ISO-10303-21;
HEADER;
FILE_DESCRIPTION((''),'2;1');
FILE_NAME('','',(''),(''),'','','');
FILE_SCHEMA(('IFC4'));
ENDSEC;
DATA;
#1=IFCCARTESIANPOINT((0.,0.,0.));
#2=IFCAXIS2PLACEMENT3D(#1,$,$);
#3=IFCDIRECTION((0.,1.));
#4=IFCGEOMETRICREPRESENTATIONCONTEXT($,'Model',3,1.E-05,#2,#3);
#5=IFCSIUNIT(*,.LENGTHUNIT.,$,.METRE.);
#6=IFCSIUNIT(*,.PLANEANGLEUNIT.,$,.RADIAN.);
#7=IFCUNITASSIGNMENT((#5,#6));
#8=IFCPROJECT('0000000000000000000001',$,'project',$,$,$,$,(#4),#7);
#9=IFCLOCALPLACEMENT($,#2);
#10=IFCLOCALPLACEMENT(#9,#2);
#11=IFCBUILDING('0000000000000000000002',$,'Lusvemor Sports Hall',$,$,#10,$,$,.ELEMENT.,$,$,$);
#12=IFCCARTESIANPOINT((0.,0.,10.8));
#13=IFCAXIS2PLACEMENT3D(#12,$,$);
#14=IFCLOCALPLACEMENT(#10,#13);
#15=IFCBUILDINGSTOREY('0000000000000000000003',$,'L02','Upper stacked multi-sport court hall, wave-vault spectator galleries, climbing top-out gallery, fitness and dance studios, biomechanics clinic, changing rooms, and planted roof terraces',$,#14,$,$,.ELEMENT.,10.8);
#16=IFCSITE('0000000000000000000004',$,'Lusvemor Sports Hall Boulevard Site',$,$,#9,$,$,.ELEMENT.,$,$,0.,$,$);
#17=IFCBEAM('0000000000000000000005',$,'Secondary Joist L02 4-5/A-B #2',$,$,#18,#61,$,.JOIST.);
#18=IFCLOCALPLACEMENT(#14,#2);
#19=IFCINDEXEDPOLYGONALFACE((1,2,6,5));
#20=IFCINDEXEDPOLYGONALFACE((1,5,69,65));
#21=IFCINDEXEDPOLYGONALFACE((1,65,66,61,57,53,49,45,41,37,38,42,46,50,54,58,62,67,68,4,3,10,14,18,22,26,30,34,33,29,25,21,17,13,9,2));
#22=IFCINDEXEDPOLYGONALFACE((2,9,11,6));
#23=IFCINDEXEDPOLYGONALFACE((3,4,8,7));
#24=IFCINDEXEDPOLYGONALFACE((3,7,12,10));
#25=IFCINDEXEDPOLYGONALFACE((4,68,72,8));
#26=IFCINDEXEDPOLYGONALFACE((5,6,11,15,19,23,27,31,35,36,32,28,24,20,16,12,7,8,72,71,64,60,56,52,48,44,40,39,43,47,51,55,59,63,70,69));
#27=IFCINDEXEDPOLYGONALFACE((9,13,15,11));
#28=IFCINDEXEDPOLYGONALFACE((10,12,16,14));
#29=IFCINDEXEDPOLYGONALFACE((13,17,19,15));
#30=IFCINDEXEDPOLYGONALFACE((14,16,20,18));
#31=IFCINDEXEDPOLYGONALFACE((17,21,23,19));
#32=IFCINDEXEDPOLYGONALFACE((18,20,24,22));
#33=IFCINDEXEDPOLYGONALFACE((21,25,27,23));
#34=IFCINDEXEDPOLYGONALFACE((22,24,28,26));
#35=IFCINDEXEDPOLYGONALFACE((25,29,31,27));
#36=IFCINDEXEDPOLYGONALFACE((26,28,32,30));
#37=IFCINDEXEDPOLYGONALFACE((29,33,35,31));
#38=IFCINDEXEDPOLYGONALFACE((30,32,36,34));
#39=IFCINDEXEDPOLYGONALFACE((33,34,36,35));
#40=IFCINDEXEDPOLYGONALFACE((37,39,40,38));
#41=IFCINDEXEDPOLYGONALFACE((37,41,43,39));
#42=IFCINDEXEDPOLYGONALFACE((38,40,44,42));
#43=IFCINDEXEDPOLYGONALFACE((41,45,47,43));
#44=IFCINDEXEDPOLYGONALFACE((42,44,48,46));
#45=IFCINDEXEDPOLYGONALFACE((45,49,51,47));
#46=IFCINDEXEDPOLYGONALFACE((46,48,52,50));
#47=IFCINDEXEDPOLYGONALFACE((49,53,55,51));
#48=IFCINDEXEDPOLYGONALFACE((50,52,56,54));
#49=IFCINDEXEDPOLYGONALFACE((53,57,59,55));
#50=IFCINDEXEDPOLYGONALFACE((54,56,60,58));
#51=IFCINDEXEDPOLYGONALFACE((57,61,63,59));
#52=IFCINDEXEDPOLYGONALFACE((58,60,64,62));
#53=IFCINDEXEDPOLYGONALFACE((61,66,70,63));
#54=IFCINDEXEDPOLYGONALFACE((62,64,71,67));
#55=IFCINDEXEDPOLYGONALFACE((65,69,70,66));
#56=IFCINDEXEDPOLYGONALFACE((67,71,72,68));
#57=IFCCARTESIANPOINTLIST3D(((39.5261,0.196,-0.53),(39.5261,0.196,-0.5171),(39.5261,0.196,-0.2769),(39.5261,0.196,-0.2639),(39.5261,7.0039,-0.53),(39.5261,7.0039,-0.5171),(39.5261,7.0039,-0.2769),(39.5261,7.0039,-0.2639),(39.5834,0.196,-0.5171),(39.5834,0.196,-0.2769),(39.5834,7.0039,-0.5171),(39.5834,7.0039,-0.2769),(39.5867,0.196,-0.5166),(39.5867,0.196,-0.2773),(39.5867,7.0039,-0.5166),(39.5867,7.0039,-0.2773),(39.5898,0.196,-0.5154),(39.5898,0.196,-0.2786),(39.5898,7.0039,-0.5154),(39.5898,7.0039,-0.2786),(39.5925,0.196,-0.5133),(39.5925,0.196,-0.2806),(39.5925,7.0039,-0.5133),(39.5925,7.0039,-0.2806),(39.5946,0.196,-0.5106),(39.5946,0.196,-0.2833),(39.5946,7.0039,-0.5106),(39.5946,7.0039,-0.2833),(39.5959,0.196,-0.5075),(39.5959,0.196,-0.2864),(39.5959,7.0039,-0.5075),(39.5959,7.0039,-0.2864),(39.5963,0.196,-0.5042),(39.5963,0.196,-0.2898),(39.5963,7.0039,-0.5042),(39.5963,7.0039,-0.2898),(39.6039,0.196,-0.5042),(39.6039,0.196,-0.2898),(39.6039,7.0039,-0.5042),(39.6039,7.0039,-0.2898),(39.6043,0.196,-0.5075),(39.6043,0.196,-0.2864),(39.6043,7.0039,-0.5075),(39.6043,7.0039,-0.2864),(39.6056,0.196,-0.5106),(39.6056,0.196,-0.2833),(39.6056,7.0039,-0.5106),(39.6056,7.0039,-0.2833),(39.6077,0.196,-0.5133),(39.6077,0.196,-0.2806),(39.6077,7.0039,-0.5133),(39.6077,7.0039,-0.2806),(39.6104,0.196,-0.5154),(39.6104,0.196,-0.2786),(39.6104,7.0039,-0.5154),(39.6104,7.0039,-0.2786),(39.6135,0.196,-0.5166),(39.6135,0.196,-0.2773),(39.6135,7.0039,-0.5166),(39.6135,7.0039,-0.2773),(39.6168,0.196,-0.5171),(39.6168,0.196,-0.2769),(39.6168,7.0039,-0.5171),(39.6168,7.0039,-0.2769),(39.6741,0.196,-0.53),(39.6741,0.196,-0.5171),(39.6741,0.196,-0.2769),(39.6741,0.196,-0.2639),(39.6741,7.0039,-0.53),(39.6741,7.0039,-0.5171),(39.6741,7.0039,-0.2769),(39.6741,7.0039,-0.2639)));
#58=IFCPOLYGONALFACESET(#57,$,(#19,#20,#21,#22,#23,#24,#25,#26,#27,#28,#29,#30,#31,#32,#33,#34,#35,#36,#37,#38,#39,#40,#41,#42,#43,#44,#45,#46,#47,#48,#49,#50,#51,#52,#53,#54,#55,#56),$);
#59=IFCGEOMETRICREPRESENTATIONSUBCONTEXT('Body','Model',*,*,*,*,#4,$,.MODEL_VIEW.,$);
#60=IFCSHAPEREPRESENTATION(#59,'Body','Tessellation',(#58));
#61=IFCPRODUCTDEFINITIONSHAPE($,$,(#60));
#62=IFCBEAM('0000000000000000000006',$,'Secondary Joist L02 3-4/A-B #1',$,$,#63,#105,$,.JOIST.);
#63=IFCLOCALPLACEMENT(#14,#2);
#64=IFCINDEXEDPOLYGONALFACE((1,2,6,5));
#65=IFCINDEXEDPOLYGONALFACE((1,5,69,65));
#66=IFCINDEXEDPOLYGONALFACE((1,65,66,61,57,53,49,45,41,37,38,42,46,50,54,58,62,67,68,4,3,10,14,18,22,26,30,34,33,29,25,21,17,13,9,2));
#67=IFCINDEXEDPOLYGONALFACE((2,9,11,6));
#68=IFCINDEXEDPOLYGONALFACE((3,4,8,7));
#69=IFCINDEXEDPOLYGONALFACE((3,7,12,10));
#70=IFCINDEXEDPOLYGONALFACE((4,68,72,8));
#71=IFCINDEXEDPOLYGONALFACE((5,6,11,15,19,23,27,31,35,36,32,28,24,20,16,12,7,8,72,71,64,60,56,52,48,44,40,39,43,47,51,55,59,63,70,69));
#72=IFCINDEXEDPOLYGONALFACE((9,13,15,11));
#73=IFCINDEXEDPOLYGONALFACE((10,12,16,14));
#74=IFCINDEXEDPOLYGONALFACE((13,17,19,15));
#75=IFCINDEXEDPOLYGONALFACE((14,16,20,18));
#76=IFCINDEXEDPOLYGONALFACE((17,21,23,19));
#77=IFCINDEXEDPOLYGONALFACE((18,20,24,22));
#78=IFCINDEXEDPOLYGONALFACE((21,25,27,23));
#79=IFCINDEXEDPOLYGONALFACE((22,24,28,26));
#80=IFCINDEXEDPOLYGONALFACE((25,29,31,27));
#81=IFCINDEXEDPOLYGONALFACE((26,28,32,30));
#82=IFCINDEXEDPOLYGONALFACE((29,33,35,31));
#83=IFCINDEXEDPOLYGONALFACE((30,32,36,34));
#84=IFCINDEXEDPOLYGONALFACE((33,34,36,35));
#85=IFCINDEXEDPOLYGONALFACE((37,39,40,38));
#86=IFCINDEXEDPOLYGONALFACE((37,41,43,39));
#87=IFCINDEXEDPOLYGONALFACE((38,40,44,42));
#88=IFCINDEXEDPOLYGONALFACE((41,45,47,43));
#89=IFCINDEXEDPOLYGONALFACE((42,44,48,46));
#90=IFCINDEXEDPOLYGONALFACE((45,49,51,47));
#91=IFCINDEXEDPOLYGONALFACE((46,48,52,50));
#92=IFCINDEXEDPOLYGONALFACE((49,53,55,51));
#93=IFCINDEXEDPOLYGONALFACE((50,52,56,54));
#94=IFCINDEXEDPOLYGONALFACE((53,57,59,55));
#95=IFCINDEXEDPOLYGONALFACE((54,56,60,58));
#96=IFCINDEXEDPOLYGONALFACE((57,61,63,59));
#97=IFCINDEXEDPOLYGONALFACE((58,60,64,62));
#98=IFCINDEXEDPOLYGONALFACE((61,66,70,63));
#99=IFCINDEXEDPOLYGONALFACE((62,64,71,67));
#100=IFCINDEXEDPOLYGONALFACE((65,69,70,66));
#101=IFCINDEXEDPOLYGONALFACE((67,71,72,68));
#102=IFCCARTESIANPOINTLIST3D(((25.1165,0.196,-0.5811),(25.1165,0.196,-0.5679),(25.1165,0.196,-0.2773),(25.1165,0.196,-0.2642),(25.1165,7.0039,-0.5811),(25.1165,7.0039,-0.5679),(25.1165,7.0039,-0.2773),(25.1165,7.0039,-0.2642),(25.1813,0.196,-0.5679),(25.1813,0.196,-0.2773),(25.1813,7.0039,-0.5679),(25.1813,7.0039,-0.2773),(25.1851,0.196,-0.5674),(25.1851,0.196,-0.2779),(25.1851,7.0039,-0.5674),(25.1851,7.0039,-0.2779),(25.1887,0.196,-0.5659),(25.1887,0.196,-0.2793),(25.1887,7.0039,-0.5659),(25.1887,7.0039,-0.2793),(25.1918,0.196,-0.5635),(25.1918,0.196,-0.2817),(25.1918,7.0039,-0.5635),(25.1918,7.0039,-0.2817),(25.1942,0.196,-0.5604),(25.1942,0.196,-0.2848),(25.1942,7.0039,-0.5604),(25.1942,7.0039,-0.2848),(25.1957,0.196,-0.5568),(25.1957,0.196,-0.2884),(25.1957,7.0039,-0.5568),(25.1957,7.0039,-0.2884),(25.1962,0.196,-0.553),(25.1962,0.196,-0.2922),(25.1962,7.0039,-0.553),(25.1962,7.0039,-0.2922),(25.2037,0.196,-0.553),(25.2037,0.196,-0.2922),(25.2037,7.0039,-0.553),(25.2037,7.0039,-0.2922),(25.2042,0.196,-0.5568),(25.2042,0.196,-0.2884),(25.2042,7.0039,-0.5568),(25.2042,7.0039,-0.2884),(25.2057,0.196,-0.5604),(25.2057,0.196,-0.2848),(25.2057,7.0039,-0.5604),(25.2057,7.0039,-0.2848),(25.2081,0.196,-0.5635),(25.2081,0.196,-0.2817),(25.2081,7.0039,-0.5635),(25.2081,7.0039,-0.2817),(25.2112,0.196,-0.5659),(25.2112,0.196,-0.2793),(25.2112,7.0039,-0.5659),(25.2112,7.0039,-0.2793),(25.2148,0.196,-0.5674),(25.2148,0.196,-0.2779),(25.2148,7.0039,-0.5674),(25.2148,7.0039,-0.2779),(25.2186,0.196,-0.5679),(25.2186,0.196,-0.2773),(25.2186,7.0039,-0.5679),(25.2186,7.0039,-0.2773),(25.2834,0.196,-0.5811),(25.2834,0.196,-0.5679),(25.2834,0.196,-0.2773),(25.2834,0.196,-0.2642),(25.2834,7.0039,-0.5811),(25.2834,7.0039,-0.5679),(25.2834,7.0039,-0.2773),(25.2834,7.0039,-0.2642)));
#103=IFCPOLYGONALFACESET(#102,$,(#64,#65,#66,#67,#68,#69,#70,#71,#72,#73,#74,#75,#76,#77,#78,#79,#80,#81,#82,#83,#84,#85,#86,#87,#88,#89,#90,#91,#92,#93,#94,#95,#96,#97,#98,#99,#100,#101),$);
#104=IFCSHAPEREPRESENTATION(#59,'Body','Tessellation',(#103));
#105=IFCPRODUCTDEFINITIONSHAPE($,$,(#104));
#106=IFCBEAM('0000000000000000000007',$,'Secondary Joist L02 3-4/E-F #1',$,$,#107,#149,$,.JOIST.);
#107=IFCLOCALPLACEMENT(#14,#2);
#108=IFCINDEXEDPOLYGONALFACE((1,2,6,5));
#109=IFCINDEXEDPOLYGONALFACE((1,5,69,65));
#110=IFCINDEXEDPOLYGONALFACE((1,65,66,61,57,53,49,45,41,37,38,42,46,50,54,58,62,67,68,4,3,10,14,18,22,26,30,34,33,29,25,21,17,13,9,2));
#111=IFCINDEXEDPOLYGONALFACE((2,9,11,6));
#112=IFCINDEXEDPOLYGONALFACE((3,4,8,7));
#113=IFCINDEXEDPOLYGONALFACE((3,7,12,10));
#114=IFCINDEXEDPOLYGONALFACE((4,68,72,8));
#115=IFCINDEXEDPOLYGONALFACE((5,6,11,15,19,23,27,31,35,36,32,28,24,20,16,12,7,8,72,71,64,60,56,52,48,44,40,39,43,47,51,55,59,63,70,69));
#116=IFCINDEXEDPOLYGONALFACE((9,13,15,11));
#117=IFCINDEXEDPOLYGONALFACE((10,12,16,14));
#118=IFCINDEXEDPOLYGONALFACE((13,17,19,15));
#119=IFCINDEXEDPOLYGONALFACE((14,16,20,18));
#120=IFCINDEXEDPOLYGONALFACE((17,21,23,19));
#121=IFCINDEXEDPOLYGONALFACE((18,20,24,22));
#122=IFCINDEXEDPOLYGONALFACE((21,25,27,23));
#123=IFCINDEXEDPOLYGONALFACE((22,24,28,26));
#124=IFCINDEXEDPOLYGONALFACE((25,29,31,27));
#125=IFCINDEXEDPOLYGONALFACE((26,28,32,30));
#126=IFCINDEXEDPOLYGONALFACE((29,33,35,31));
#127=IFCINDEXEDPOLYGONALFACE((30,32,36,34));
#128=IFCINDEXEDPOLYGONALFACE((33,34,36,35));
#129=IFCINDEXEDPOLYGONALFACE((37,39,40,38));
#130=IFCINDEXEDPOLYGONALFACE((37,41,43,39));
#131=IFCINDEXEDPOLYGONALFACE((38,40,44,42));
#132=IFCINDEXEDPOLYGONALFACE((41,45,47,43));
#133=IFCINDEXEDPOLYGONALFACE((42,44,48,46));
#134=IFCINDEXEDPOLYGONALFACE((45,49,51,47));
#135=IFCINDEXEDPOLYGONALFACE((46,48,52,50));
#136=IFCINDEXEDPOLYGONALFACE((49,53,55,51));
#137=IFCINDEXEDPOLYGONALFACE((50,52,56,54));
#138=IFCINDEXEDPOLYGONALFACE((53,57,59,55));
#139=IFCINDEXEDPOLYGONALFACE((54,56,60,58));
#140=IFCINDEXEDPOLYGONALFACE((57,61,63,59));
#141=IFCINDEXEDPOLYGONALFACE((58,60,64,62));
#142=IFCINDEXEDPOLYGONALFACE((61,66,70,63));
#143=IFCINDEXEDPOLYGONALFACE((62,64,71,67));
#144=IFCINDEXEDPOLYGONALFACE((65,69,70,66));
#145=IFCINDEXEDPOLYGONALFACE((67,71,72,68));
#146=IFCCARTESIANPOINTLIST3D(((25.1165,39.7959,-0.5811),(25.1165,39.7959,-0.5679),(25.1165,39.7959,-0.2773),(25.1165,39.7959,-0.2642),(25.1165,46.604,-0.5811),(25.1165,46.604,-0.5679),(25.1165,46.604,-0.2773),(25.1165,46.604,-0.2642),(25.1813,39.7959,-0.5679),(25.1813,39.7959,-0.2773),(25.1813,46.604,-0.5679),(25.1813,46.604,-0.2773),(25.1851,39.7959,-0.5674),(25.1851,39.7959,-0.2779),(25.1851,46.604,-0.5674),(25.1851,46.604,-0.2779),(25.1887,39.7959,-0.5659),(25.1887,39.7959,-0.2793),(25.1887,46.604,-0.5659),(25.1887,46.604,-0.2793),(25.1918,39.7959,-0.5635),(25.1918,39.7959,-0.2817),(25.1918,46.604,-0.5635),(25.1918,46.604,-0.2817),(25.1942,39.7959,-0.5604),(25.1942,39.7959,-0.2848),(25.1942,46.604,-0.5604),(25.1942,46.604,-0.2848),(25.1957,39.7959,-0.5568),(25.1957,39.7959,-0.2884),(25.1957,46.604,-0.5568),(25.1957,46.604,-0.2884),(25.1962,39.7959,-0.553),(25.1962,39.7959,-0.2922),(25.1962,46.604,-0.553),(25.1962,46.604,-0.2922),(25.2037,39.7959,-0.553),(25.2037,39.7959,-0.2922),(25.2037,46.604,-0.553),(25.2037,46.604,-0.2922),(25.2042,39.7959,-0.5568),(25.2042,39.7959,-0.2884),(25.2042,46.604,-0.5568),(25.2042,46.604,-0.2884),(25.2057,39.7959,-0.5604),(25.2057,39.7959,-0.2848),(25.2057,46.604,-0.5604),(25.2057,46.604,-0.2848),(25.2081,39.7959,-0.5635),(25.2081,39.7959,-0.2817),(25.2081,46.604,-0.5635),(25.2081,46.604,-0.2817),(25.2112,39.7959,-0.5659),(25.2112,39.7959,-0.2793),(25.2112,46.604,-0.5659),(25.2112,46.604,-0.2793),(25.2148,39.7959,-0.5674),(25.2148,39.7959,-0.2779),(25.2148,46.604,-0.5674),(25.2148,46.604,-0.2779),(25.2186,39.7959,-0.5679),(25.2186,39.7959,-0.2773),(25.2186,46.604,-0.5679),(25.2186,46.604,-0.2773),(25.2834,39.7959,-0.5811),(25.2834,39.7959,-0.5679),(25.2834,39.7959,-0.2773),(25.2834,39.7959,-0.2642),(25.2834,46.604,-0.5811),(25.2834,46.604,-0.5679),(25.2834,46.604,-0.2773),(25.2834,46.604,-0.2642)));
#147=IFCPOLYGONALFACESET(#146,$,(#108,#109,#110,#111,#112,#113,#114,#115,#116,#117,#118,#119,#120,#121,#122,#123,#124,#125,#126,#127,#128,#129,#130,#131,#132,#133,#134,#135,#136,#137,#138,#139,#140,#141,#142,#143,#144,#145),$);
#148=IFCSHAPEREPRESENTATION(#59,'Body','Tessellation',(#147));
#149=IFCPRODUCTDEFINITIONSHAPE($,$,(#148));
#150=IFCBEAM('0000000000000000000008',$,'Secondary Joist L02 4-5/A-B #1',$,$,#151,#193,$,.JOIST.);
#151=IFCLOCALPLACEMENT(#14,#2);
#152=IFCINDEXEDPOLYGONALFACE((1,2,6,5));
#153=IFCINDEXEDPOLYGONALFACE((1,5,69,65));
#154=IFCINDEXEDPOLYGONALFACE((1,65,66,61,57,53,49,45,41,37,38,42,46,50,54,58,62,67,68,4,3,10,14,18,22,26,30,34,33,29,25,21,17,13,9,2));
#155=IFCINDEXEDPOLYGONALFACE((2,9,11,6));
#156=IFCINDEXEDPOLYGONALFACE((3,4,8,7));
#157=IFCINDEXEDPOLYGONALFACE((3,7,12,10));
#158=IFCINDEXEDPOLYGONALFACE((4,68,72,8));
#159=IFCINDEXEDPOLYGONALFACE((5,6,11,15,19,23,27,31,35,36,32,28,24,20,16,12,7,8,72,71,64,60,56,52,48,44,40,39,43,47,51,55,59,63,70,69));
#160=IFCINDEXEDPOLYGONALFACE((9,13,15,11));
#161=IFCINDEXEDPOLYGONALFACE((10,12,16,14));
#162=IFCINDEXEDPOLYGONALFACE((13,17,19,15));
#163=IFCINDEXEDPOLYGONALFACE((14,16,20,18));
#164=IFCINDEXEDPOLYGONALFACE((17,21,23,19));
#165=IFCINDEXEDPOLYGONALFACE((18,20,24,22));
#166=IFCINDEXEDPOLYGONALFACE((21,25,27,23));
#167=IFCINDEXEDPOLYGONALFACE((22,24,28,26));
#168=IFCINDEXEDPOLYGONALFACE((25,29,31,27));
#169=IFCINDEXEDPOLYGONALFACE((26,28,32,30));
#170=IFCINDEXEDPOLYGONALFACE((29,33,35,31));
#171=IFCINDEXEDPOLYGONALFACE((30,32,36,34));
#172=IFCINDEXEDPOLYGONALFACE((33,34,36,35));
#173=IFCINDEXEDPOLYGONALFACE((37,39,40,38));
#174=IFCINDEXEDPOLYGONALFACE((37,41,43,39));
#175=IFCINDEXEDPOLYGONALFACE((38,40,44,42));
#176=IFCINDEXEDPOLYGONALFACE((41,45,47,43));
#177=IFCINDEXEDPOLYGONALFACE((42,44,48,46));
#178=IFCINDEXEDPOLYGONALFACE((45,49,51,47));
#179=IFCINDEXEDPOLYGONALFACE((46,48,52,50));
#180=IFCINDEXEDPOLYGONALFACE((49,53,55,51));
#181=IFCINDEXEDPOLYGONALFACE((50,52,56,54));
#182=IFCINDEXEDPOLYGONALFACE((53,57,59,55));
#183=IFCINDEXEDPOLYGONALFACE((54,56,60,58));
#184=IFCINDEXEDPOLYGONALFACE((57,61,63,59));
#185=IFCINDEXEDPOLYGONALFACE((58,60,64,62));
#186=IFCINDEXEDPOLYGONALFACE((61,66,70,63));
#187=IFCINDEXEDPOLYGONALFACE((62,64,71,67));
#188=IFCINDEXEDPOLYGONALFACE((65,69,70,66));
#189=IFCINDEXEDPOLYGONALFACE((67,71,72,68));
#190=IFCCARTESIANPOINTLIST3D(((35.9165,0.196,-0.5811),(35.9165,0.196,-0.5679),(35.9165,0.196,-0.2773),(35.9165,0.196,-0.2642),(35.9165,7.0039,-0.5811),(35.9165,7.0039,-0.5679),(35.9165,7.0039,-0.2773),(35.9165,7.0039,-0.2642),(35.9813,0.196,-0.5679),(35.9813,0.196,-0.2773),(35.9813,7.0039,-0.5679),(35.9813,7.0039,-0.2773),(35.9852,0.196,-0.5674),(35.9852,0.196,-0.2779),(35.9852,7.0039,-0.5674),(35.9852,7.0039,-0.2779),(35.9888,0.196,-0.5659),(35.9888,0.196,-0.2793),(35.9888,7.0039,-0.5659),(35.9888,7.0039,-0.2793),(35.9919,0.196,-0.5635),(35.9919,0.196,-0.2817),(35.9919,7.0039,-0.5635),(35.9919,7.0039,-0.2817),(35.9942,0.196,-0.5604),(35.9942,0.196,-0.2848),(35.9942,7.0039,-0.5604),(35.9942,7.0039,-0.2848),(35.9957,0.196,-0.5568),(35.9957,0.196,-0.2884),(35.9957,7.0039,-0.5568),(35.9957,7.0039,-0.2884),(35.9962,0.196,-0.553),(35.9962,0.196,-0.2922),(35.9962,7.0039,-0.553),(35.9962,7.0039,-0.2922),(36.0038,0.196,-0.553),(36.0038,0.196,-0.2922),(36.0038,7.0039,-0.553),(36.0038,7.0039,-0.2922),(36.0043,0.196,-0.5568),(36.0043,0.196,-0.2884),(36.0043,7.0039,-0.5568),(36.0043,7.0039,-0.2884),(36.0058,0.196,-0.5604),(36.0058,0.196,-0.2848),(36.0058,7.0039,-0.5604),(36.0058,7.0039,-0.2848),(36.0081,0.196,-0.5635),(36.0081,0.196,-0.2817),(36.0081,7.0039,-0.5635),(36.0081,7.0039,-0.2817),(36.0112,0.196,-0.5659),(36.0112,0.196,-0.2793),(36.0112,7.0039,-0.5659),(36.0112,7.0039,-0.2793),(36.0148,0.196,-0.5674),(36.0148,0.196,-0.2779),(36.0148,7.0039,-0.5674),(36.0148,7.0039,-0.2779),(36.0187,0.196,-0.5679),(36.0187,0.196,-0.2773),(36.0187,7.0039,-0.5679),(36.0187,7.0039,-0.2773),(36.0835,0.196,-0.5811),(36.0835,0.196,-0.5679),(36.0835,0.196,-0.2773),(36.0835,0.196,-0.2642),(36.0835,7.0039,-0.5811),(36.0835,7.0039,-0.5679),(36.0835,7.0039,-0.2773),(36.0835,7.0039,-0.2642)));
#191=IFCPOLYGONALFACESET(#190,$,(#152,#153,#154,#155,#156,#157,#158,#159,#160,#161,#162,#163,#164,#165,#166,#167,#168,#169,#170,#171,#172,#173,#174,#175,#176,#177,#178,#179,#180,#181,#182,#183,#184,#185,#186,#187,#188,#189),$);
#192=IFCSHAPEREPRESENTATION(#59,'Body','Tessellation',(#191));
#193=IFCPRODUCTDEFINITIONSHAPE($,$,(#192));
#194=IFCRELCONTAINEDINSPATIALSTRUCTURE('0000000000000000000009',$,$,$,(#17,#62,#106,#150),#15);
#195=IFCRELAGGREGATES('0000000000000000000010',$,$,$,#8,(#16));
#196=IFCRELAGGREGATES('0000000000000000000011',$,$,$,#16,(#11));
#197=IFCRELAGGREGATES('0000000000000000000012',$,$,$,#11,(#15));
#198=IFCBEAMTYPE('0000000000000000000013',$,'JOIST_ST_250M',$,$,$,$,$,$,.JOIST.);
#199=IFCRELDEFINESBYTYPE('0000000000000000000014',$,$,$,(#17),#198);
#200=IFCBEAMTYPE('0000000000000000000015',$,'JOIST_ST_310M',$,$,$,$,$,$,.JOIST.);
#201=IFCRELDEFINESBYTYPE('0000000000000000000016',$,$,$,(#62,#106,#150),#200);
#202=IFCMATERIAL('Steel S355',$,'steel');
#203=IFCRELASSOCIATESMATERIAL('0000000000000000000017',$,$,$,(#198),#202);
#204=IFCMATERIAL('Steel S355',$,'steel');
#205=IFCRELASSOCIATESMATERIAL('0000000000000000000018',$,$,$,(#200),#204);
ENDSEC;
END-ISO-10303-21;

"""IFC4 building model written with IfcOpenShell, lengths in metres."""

from ifc_helpers import new_model, si_unit, direction, frame, origin, origin_2d, place, context, subcontext, project, spatial, i_section, extrude, material, material_profile, profile_set, type_object, element, save


model = new_model("IFC4")

# Units and contexts
model_context = context("Model", 3, precision=1e-05, world=origin(), true_north=direction((0.0, 1.0)))
body_context = subcontext(model_context, "Body", "Model", "MODEL_VIEW")
ifc_project = project(units=[si_unit("LENGTHUNIT", "METRE"), si_unit("PLANEANGLEUNIT", "RADIAN")], contexts=[model_context])

# Site, building, storey
site_placement = place(None, origin())
site = spatial("IfcSite", under=ifc_project, at=site_placement, Name="Lusvemor Sports Hall Boulevard Site", CompositionType="ELEMENT", RefElevation=0.0)
building_placement = place(site_placement, origin())
building = spatial("IfcBuilding", under=site, at=building_placement, Name="Lusvemor Sports Hall", CompositionType="ELEMENT")
storey_placement = place(building_placement, frame((0.0, 0.0, 10.8)))
storey = spatial("IfcBuildingStorey", under=building, at=storey_placement, Name="L02", Description="Upper stacked multi-sport court hall, wave-vault spectator galleries, climbing top-out gallery, fitness and dance studios, biomechanics clinic, changing rooms, and planted roof terraces", CompositionType="ELEMENT", Elevation=10.8)

# Beams
ifc_material_1 = material(Name="Steel S355", Category="steel")
ifc_material_profile_1 = material_profile(ifc_material_1, i_section(OverallWidth=0.1479, OverallDepth=0.2661, WebThickness=0.0076, FlangeThickness=0.0129, FilletRadius=0.0129, at=origin_2d()), Name="W250x44.8")
ifc_profile_set_1 = profile_set([ifc_material_profile_1], Name="Steel S355")
beam_type_1 = type_object("IfcBeamType", Name="JOIST_ST_250M", PredefinedType="JOIST", material=ifc_profile_set_1)
beam_1_placement = place(storey_placement, frame((39.6001, 0.196, -0.397), z_axis=(0.0, 1.0, 0.0), x_axis=(-1.0, 0.0, 0.0)))
element("IfcBeam", 1, at=beam_1_placement, inside=storey, type_object=beam_type_1, Name="Secondary Joist L02 4-5/A-B #2", PredefinedType="JOIST", context=body_context, shape_type="SweptSolid", body=[
    extrude(i_section(OverallWidth=0.1479, OverallDepth=0.2661, WebThickness=0.0076, FlangeThickness=0.0129, FilletRadius=0.0129, at=origin_2d()), origin(), (0.0, 0.0, 1.0), 6.8079),
])
ifc_material_2 = material(Name="Steel S355", Category="steel")
ifc_material_profile_2 = material_profile(ifc_material_2, i_section(OverallWidth=0.167, OverallDepth=0.3169, WebThickness=0.0076, FlangeThickness=0.0132, FilletRadius=0.0149, at=origin_2d()), Name="W310x52.0")
ifc_profile_set_2 = profile_set([ifc_material_profile_2], Name="Steel S355")
beam_type_2 = type_object("IfcBeamType", Name="JOIST_ST_310M", PredefinedType="JOIST", material=ifc_profile_set_2)
beam_2_placement = place(storey_placement, frame((25.2, 0.196, -0.4226), z_axis=(0.0, 1.0, 0.0), x_axis=(-1.0, 0.0, 0.0)))
element("IfcBeam", 2, at=beam_2_placement, inside=storey, type_object=beam_type_2, Name="Secondary Joist L02 3-4/A-B #1", PredefinedType="JOIST", context=body_context, shape_type="SweptSolid", body=[
    extrude(i_section(OverallWidth=0.167, OverallDepth=0.3169, WebThickness=0.0076, FlangeThickness=0.0132, FilletRadius=0.0149, at=origin_2d()), origin(), (0.0, 0.0, 1.0), 6.8079),
])
beam_3_placement = place(storey_placement, frame((25.2, 39.7959, -0.4226), z_axis=(0.0, 1.0, 0.0), x_axis=(-1.0, 0.0, 0.0)))
element("IfcBeam", 3, at=beam_3_placement, inside=storey, type_object=beam_type_2, Name="Secondary Joist L02 3-4/E-F #1", PredefinedType="JOIST", context=body_context, shape_type="SweptSolid", body=[
    extrude(i_section(OverallWidth=0.167, OverallDepth=0.3169, WebThickness=0.0076, FlangeThickness=0.0132, FilletRadius=0.0149, at=origin_2d()), origin(), (0.0, 0.0, 1.0), 6.8081),
])
beam_4_placement = place(storey_placement, frame((36.0, 0.196, -0.4226), z_axis=(0.0, 1.0, 0.0), x_axis=(-1.0, 0.0, 0.0)))
element("IfcBeam", 4, at=beam_4_placement, inside=storey, type_object=beam_type_2, Name="Secondary Joist L02 4-5/A-B #1", PredefinedType="JOIST", context=body_context, shape_type="SweptSolid", body=[
    extrude(i_section(OverallWidth=0.167, OverallDepth=0.3169, WebThickness=0.0076, FlangeThickness=0.0132, FilletRadius=0.0149, at=origin_2d()), origin(), (0.0, 0.0, 1.0), 6.8079),
])

save(model, "model.ifc")
